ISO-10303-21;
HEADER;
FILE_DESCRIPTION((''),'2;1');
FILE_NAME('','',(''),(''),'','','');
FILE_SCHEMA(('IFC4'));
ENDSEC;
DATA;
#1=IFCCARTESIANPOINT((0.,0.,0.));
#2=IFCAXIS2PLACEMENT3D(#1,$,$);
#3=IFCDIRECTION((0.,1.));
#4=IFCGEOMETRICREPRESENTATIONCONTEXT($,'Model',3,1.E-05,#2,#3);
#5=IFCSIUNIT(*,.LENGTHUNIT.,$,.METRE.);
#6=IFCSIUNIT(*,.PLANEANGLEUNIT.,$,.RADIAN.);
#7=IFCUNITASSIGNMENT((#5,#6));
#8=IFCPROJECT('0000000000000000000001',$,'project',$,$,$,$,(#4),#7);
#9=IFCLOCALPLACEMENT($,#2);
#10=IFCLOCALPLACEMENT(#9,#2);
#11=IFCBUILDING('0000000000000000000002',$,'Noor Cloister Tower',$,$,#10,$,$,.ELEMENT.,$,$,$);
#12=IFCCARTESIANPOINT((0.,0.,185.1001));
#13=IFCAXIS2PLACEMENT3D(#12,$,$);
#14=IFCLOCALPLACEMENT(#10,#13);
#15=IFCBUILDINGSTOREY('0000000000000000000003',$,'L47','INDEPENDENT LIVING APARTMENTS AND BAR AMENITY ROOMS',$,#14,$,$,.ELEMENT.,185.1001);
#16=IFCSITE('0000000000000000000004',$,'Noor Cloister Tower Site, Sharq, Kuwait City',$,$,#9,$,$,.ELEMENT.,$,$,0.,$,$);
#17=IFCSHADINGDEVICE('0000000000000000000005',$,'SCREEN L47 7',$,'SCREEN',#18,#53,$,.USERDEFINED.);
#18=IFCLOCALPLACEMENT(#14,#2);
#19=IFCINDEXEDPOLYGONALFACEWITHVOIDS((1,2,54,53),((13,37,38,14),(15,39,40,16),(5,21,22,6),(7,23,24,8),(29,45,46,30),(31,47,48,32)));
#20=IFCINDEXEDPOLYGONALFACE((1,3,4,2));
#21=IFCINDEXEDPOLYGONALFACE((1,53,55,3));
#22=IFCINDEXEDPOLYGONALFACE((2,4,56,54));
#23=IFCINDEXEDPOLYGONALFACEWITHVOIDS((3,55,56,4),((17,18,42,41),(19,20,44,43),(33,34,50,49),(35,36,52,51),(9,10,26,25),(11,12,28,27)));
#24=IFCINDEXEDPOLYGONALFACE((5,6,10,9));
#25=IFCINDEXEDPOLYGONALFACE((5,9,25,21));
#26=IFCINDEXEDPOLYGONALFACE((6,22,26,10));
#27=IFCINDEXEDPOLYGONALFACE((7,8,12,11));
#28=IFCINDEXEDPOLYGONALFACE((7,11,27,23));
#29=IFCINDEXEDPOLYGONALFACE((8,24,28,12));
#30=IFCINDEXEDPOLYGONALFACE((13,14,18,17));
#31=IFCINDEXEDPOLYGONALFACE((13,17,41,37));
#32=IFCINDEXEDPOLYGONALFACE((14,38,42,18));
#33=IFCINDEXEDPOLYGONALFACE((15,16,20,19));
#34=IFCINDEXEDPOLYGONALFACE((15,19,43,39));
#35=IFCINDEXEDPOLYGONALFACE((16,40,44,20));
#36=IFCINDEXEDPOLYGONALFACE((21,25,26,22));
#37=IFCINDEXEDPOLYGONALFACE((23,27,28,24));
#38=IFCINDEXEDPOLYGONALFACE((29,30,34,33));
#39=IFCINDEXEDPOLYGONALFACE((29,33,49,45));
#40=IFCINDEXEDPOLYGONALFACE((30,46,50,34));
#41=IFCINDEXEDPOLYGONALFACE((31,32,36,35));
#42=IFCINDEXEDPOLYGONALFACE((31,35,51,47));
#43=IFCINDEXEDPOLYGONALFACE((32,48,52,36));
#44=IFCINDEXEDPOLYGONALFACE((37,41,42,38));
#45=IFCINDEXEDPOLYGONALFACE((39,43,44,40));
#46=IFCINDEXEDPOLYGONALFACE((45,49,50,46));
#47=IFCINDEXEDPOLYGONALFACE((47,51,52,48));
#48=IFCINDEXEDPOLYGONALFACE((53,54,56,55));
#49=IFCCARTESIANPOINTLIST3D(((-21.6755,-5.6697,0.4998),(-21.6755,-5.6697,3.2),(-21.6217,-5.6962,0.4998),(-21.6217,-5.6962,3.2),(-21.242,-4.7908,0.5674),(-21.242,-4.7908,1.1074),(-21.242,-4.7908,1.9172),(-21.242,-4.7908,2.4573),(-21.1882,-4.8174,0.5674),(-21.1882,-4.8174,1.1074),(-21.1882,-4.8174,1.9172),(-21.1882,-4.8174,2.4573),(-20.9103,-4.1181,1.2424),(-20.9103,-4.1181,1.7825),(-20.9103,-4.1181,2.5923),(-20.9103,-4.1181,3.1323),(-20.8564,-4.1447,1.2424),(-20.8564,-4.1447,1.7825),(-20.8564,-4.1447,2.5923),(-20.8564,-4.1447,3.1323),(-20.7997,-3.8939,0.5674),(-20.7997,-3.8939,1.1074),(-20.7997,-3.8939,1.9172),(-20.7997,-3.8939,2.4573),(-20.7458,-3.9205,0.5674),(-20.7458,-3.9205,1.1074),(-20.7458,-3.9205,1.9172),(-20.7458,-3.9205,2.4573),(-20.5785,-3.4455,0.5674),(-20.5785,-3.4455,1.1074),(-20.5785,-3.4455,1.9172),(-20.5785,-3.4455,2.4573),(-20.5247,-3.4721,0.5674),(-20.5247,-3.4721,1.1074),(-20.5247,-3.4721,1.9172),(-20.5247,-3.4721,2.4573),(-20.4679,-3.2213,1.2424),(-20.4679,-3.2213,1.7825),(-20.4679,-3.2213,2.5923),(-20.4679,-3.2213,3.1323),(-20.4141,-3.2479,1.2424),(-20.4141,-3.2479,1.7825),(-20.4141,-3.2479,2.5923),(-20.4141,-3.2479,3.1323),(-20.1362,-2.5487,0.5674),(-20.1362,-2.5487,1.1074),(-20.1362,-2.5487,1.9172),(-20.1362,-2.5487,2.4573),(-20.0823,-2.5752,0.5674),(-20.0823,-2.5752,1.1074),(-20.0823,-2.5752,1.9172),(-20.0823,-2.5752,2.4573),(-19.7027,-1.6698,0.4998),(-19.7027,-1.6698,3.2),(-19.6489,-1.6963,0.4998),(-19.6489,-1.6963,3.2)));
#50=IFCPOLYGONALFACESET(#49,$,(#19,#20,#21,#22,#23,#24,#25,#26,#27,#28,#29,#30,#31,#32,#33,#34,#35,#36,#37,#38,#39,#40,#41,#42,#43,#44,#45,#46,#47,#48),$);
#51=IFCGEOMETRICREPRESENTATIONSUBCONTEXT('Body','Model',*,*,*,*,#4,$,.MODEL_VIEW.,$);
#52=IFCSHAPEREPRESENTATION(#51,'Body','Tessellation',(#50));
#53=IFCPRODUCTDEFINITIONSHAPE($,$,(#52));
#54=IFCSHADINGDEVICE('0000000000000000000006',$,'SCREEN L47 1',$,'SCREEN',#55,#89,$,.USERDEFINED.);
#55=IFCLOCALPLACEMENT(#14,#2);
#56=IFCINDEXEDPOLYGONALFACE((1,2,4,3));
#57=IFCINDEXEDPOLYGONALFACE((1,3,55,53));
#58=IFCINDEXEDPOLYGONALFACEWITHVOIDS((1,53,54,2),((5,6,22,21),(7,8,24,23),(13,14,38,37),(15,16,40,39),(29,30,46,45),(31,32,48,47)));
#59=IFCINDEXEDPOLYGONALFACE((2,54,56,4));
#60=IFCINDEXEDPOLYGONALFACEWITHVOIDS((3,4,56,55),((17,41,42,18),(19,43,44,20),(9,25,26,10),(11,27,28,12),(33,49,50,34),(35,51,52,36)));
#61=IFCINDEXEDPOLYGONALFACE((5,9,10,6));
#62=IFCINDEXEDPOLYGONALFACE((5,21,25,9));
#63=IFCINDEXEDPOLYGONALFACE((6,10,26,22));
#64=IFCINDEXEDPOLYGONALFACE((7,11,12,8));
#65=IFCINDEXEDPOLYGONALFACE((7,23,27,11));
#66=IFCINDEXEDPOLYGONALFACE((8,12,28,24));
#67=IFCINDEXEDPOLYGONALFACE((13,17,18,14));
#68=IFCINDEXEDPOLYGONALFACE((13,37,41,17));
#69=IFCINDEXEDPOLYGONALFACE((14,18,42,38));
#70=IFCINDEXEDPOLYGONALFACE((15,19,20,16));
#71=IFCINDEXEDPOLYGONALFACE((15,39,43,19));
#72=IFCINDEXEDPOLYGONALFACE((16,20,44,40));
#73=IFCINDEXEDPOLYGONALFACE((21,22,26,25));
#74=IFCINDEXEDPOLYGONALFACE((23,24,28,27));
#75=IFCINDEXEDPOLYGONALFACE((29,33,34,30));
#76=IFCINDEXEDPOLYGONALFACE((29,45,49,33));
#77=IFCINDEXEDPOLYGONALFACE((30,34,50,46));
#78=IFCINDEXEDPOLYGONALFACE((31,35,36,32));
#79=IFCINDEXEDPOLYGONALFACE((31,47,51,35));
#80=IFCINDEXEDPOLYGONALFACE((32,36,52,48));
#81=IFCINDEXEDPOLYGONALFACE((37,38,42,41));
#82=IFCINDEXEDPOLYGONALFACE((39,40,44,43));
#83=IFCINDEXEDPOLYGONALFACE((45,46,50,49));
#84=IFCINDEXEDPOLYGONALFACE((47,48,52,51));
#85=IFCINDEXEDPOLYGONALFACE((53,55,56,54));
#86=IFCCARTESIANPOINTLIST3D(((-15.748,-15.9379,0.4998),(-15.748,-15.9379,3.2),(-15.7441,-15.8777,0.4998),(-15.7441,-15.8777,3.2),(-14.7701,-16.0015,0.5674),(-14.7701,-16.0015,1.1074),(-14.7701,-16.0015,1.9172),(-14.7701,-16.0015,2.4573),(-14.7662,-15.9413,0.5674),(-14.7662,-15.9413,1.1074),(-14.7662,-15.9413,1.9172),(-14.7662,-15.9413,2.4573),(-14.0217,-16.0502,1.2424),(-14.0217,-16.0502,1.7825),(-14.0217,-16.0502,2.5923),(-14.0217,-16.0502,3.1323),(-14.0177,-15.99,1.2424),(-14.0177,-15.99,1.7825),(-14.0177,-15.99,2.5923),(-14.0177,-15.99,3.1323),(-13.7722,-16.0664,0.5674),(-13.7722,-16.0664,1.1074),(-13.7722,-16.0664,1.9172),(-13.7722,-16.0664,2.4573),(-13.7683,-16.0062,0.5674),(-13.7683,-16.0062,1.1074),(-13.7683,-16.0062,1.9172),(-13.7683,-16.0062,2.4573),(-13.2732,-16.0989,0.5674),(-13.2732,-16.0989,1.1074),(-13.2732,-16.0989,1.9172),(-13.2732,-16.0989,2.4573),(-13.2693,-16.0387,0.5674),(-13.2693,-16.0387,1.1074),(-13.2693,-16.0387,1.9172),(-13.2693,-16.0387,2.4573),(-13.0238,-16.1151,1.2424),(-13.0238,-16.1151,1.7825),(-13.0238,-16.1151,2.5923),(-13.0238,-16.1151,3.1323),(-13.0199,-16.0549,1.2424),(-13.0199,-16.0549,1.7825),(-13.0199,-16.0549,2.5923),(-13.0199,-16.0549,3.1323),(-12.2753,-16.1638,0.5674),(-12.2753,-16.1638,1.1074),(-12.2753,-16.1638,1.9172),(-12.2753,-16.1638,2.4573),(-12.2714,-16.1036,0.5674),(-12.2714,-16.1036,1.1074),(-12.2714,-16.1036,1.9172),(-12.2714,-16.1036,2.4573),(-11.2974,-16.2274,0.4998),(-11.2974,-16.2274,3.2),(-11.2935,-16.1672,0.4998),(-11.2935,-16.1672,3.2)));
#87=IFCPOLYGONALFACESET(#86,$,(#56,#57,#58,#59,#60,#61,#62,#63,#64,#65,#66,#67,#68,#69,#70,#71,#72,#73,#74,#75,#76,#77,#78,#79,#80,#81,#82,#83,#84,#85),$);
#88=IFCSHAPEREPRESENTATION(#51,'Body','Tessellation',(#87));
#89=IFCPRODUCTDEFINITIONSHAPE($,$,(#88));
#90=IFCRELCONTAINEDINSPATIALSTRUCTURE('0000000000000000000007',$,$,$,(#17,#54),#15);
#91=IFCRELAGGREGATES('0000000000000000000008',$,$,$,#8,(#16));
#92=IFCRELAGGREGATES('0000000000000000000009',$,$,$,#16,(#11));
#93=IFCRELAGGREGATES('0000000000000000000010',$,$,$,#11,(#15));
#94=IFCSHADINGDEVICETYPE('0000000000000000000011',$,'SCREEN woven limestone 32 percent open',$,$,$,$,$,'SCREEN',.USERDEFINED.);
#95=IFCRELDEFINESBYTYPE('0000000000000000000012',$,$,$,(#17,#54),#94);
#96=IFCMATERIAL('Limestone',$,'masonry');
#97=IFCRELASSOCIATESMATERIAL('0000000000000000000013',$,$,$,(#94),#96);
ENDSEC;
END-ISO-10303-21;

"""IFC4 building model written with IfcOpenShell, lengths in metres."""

from ifc_helpers import new_model, si_unit, direction, frame, origin, place, context, subcontext, project, spatial, polyline, outline, extrude, material, material_profile, profile_set, type_object, element, save


model = new_model("IFC4")

# Units and contexts
model_context = context("Model", 3, precision=1e-05, world=origin(), true_north=direction((0.0, 1.0)))
body_context = subcontext(model_context, "Body", "Model", "MODEL_VIEW")
ifc_project = project(units=[si_unit("LENGTHUNIT", "METRE"), si_unit("PLANEANGLEUNIT", "RADIAN")], contexts=[model_context])

# Site, building, storey
site_placement = place(None, origin())
site = spatial("IfcSite", under=ifc_project, at=site_placement, Name="Noor Cloister Tower Site, Sharq, Kuwait City", CompositionType="ELEMENT", RefElevation=0.0)
building_placement = place(site_placement, origin())
building = spatial("IfcBuilding", under=site, at=building_placement, Name="Noor Cloister Tower", CompositionType="ELEMENT")
storey_placement = place(building_placement, frame((0.0, 0.0, 185.1001)))
storey = spatial("IfcBuildingStorey", under=building, at=storey_placement, Name="L47", Description="INDEPENDENT LIVING APARTMENTS AND BAR AMENITY ROOMS", CompositionType="ELEMENT", Elevation=185.1001)

# Shading devices
ifc_material_1 = material(Name="Limestone", Category="masonry")
ifc_material_profile_1 = material_profile(ifc_material_1, outline(polyline([(-2.23, -1.3501), (2.23, -1.3501), (2.23, 1.3501), (-2.23, 1.3501), (-2.23, -1.3501)]), holes=[polyline([(-1.25, -1.2825), (-0.25, -1.2825), (-0.25, -0.7424), (-1.25, -0.7424), (-1.25, -1.2825)]), polyline([(0.25, -1.2825), (1.25, -1.2825), (1.25, -0.7424), (0.25, -0.7424), (0.25, -1.2825)]), polyline([(-0.5, -0.6074), (0.5, -0.6074), (0.5, -0.0674), (-0.5, -0.0674), (-0.5, -0.6074)]), polyline([(-1.25, 0.0674), (-0.25, 0.0674), (-0.25, 0.6074), (-1.25, 0.6074), (-1.25, 0.0674)]), polyline([(0.25, 0.0674), (1.25, 0.0674), (1.25, 0.6074), (0.25, 0.6074), (0.25, 0.0674)]), polyline([(-0.5, 0.7424), (0.5, 0.7424), (0.5, 1.2825), (-0.5, 1.2825), (-0.5, 0.7424)])]), Name="Woven screen 32 percent open")
ifc_profile_set_1 = profile_set([ifc_material_profile_1], Name="Limestone")
shading_device_type = type_object("IfcShadingDeviceType", Name="SCREEN woven limestone 32 percent open", ElementType="SCREEN", PredefinedType="USERDEFINED", material=ifc_profile_set_1)
shading_device_1_placement = place(storey_placement, frame((-20.6353, -3.6963, 1.8499), z_axis=(-0.896849, 0.442337, 0.0), x_axis=(-0.442337, -0.896849, 0.0)))
element("IfcShadingDevice", 1, at=shading_device_1_placement, inside=storey, type_object=shading_device_type, Name="SCREEN L47 7", ObjectType="SCREEN", PredefinedType="USERDEFINED", context=body_context, shape_type="SweptSolid", body=[
    extrude(outline(polyline([(-2.23, -1.3501), (2.23, -1.3501), (2.23, 1.3501), (-2.23, 1.3501), (-2.23, -1.3501)]), holes=[polyline([(-1.25, -1.2825), (-0.25, -1.2825), (-0.25, -0.7424), (-1.25, -0.7424), (-1.25, -1.2825)]), polyline([(0.25, -1.2825), (1.25, -1.2825), (1.25, -0.7424), (0.25, -0.7424), (0.25, -1.2825)]), polyline([(-0.5, -0.6074), (0.5, -0.6074), (0.5, -0.0674), (-0.5, -0.0674), (-0.5, -0.6074)]), polyline([(-1.25, 0.0674), (-0.25, 0.0674), (-0.25, 0.6074), (-1.25, 0.6074), (-1.25, 0.0674)]), polyline([(0.25, 0.0674), (1.25, 0.0674), (1.25, 0.6074), (0.25, 0.6074), (0.25, 0.0674)]), polyline([(-0.5, 0.7424), (0.5, 0.7424), (0.5, 1.2825), (-0.5, 1.2825), (-0.5, 0.7424)])]), origin(), (0.0, 0.0, 1.0), 0.0601),
])
shading_device_2_placement = place(storey_placement, frame((-13.5188, -16.0225, 1.8499), z_axis=(-0.064904, -0.997892, 0.0), x_axis=(0.997892, -0.064904, 0.0)))
element("IfcShadingDevice", 2, at=shading_device_2_placement, inside=storey, type_object=shading_device_type, Name="SCREEN L47 1", ObjectType="SCREEN", PredefinedType="USERDEFINED", context=body_context, shape_type="SweptSolid", body=[
    extrude(outline(polyline([(-2.23, -1.3501), (2.23, -1.3501), (2.23, 1.3501), (-2.23, 1.3501), (-2.23, -1.3501)]), holes=[polyline([(-1.25, -1.2825), (-0.25, -1.2825), (-0.25, -0.7424), (-1.25, -0.7424), (-1.25, -1.2825)]), polyline([(0.25, -1.2825), (1.25, -1.2825), (1.25, -0.7424), (0.25, -0.7424), (0.25, -1.2825)]), polyline([(-0.5, -0.6074), (0.5, -0.6074), (0.5, -0.0674), (-0.5, -0.0674), (-0.5, -0.6074)]), polyline([(-1.25, 0.0674), (-0.25, 0.0674), (-0.25, 0.6074), (-1.25, 0.6074), (-1.25, 0.0674)]), polyline([(0.25, 0.0674), (1.25, 0.0674), (1.25, 0.6074), (0.25, 0.6074), (0.25, 0.0674)]), polyline([(-0.5, 0.7424), (0.5, 0.7424), (0.5, 1.2825), (-0.5, 1.2825), (-0.5, 0.7424)])]), origin(), (0.0, 0.0, 1.0), 0.0603),
])

save(model, "model.ifc")
